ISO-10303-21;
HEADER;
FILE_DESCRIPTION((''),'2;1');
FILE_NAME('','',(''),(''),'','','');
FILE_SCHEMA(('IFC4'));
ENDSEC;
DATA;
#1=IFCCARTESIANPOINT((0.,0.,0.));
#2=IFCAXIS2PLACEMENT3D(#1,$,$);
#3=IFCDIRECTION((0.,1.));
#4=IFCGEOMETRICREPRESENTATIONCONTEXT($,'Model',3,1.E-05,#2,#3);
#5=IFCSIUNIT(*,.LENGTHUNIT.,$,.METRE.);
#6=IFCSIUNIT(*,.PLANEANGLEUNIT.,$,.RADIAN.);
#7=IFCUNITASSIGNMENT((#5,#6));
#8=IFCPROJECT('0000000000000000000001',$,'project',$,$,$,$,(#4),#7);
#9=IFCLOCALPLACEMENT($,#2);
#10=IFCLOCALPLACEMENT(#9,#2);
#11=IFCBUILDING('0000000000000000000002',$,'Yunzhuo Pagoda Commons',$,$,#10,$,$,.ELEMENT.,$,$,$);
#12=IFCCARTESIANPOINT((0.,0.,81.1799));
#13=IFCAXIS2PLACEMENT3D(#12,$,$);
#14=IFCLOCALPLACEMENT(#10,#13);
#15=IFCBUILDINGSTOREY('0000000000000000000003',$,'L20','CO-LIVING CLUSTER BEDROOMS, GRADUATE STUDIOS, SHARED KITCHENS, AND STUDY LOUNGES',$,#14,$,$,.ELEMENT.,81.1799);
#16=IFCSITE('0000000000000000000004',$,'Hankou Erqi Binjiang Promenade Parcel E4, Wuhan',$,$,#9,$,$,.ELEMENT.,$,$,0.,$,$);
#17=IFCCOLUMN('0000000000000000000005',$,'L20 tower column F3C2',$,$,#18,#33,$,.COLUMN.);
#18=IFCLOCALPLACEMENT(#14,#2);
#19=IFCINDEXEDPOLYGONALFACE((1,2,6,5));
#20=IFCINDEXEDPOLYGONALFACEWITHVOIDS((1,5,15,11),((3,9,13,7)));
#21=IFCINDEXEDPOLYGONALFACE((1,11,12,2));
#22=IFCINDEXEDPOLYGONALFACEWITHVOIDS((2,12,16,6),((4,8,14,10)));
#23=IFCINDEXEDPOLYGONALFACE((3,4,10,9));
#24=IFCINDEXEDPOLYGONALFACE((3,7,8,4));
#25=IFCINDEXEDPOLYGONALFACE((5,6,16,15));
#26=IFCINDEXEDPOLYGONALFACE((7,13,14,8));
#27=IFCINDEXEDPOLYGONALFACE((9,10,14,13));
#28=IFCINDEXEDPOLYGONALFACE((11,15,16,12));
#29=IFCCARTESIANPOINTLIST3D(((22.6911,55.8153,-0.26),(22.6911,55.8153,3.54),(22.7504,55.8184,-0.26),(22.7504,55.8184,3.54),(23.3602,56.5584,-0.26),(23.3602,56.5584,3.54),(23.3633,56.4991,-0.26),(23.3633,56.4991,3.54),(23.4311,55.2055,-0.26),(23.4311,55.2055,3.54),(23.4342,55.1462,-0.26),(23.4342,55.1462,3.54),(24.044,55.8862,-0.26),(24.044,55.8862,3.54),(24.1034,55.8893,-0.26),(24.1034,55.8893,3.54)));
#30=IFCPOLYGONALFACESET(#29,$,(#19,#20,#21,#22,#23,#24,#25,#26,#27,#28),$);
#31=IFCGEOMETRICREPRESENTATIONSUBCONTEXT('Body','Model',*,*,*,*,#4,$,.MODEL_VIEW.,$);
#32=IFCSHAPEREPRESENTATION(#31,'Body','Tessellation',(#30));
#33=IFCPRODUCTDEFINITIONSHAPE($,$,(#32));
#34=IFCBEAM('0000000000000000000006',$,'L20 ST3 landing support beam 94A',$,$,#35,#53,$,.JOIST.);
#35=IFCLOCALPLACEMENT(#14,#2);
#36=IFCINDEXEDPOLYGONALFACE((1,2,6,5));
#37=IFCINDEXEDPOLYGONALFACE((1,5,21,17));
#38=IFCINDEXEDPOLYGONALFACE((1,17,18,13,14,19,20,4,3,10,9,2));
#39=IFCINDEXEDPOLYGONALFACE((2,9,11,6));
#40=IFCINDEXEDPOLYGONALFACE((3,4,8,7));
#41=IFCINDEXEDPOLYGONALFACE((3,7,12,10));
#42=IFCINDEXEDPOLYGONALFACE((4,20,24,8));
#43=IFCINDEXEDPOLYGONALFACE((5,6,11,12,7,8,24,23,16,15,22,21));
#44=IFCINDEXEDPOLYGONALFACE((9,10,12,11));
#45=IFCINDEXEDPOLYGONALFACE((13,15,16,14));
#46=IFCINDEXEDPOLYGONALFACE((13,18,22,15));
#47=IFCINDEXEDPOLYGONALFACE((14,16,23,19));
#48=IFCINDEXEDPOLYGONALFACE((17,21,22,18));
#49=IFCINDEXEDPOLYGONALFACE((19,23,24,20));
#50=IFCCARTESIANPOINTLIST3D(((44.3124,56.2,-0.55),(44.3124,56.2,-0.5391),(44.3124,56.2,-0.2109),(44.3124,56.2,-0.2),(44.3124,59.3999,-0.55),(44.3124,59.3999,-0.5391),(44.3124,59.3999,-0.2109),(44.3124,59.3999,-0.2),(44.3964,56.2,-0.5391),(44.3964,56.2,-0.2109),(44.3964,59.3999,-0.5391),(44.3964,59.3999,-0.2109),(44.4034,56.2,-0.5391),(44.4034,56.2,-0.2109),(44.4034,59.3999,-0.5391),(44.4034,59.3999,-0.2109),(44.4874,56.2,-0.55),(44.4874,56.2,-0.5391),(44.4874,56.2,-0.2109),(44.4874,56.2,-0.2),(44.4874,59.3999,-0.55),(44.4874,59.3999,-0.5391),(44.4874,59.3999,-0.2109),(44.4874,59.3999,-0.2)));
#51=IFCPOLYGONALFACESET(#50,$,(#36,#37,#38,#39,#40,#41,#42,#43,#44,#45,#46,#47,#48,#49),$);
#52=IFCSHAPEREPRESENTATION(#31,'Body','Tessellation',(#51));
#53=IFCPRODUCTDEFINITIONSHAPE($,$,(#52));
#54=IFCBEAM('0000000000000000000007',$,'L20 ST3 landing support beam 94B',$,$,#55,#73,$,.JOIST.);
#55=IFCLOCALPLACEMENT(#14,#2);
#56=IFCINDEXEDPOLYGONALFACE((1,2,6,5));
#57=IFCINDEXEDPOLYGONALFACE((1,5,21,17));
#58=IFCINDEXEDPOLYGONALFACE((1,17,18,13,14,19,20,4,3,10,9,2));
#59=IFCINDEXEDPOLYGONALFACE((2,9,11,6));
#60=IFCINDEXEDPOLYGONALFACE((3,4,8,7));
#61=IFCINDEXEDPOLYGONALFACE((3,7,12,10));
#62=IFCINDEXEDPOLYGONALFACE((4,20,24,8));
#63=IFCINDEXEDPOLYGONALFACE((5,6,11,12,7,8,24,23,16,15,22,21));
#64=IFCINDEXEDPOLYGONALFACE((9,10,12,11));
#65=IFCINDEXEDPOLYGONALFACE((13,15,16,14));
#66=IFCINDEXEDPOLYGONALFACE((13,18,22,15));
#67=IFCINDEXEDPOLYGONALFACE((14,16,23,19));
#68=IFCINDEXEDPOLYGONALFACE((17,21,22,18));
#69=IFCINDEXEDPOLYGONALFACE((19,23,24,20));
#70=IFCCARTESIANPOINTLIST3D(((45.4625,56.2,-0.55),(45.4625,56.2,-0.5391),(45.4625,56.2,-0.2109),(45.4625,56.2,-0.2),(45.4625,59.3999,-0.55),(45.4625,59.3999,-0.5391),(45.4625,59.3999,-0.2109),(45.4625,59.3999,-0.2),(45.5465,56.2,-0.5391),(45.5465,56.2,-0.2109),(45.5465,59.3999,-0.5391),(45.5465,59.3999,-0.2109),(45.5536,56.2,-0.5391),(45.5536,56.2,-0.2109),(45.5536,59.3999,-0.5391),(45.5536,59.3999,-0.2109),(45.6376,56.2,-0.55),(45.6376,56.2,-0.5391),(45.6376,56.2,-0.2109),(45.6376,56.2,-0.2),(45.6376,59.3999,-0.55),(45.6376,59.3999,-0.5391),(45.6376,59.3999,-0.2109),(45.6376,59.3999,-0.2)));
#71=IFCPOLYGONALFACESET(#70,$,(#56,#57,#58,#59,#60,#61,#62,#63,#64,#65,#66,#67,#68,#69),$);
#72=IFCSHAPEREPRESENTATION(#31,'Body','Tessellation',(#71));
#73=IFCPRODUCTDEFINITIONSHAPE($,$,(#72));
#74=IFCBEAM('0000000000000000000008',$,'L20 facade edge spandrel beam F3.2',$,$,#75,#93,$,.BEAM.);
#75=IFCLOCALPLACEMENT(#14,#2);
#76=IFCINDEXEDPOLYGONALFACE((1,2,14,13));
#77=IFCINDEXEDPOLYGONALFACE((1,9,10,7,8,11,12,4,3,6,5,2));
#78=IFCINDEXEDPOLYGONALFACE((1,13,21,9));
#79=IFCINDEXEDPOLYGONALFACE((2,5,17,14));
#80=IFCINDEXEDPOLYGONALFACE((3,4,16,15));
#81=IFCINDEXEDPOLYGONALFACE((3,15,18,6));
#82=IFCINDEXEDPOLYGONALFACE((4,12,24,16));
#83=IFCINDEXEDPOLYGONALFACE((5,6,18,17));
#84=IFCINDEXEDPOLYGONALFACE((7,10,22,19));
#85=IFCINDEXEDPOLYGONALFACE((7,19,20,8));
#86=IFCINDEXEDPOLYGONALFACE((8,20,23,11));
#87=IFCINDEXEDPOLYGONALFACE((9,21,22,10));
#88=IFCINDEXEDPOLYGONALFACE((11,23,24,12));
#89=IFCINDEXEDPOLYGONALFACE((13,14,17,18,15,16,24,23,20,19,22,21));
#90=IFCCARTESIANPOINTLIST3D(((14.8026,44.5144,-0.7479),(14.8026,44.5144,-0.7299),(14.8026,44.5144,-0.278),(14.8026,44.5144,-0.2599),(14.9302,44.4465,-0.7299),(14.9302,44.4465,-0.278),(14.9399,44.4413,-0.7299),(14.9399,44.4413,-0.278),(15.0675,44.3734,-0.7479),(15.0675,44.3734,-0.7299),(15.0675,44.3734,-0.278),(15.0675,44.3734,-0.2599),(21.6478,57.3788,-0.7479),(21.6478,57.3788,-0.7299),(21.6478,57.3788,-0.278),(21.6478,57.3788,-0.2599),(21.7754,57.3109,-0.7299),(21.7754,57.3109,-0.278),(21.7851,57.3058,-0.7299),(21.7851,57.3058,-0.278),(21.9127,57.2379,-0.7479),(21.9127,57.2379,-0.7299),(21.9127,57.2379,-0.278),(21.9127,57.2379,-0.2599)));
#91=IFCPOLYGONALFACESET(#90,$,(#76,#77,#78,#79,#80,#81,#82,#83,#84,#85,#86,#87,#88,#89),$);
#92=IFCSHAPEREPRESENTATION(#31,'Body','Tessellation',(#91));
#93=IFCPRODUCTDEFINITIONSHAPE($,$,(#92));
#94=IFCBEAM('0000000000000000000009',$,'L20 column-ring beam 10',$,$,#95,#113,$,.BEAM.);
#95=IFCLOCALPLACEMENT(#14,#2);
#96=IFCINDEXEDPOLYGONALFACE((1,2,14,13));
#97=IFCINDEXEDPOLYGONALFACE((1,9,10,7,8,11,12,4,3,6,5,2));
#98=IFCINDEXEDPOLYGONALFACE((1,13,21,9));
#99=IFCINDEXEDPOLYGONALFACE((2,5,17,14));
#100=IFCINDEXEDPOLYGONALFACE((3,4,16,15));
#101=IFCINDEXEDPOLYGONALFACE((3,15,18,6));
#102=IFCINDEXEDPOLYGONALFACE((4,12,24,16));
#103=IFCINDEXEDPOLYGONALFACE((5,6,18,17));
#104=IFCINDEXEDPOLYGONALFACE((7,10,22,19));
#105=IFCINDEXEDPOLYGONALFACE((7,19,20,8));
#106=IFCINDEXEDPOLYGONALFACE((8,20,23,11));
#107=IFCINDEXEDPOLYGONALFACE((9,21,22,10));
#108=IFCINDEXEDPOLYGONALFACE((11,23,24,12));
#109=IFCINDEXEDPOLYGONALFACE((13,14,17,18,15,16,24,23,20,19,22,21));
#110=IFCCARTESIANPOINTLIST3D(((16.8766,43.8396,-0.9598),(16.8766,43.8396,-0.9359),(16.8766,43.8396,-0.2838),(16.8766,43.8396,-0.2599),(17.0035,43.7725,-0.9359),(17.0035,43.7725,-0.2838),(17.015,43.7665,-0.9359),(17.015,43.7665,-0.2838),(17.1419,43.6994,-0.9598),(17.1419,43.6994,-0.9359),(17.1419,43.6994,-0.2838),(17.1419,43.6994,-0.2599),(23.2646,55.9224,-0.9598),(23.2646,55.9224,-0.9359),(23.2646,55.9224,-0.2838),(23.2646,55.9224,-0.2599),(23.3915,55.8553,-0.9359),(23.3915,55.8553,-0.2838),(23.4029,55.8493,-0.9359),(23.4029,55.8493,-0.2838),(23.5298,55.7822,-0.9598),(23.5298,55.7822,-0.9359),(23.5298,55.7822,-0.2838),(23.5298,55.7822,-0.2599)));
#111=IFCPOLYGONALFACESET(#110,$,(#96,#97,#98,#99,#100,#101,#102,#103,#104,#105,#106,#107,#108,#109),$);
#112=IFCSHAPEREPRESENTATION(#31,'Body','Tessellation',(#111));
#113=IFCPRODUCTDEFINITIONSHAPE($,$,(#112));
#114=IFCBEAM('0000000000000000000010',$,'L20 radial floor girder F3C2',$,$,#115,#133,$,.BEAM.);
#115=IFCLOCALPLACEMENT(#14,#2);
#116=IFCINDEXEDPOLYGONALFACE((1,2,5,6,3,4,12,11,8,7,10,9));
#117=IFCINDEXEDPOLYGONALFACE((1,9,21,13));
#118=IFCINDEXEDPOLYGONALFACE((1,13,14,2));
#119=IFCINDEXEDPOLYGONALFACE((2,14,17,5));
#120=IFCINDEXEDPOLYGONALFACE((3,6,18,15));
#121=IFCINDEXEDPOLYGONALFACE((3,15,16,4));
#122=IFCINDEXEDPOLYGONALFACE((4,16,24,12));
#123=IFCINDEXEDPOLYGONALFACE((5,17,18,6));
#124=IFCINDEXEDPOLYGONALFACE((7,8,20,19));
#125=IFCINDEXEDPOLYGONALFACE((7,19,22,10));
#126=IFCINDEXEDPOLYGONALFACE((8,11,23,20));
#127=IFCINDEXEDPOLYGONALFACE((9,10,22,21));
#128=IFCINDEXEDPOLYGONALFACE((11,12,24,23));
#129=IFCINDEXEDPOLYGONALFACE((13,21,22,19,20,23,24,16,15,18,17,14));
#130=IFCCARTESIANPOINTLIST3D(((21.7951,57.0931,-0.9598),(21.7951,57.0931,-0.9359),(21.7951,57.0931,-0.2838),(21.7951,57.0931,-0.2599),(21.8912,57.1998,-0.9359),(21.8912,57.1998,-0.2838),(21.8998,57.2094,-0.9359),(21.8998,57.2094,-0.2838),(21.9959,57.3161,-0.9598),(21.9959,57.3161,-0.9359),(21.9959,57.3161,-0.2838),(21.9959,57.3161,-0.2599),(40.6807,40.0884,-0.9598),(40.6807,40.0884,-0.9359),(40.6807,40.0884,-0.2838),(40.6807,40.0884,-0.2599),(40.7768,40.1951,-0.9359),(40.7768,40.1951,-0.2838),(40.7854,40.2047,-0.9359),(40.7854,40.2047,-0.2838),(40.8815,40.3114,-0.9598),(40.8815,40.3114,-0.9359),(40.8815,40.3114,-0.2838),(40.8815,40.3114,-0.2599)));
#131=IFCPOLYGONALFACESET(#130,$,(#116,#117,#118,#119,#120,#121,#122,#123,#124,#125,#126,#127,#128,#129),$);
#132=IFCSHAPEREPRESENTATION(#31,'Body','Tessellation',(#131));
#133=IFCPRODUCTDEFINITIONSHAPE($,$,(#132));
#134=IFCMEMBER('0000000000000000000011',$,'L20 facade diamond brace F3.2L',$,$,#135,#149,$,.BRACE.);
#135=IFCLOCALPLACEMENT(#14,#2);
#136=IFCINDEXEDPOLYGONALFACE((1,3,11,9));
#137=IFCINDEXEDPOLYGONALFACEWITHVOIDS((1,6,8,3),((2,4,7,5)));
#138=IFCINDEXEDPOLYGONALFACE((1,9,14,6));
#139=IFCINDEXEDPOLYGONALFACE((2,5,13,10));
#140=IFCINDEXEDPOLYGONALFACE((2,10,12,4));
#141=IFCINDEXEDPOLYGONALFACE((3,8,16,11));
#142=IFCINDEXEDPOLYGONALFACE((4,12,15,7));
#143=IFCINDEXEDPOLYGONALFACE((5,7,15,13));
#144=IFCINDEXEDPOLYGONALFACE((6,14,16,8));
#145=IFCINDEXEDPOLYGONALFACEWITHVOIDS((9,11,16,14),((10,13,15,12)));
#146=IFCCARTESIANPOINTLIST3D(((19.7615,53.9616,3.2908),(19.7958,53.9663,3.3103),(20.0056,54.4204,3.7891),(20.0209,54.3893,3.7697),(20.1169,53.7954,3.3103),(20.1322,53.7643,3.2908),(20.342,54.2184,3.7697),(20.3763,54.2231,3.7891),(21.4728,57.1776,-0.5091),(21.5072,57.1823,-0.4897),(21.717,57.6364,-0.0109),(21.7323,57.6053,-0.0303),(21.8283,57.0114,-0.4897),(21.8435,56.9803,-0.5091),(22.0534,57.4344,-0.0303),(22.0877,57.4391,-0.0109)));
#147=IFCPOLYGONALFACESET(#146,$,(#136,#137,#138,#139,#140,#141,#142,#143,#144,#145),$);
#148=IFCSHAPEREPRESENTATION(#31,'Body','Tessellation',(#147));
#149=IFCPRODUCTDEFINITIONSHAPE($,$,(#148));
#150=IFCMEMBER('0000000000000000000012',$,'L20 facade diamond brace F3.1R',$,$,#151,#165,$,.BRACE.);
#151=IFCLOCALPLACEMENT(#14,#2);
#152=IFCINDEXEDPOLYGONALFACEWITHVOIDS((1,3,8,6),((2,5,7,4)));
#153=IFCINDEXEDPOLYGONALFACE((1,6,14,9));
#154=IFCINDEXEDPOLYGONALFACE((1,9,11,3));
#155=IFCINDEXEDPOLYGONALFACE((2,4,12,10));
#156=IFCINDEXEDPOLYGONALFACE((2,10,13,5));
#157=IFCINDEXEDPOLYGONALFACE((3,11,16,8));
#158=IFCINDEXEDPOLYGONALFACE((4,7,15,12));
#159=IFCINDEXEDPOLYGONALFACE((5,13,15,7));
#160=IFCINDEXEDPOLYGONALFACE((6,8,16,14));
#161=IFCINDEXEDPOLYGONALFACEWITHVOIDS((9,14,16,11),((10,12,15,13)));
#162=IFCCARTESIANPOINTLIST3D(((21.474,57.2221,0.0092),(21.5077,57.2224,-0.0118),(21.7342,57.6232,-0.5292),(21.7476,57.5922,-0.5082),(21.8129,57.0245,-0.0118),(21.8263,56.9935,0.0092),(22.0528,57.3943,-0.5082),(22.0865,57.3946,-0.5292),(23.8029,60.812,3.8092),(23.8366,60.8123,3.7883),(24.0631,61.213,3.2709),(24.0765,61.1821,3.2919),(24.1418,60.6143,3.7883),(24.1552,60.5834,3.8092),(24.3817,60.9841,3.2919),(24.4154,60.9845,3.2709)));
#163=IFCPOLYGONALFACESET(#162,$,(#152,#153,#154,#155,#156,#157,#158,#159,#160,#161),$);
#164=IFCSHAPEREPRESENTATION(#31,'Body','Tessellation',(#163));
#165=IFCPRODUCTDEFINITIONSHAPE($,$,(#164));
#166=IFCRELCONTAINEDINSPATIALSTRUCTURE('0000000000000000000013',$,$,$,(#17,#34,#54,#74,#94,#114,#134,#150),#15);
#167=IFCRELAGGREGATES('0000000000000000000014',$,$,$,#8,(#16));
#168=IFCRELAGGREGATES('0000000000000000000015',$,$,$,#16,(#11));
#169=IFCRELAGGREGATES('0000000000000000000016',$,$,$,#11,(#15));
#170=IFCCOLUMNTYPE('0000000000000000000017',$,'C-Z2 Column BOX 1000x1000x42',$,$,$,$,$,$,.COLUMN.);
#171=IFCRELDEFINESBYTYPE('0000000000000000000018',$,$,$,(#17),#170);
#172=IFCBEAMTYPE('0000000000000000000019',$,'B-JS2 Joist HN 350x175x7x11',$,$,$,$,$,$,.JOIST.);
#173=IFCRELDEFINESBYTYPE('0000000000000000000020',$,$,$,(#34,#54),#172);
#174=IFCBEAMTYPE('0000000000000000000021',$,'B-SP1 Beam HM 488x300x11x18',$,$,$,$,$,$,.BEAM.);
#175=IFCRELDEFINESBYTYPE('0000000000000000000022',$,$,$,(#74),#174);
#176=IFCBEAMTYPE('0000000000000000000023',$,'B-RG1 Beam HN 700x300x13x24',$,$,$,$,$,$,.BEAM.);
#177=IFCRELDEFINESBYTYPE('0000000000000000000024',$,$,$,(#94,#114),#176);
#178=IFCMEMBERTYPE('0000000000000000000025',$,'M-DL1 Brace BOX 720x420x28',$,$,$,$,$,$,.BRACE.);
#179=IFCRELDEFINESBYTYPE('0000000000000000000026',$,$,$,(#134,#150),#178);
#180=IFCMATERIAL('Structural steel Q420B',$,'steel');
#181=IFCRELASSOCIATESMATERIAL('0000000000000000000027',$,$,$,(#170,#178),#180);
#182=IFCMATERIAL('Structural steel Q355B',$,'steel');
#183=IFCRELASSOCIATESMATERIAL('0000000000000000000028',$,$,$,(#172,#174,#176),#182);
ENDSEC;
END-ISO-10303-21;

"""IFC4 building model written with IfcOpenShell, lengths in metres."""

from ifc_helpers import new_model, si_unit, direction, frame, origin, origin_2d, place, context, subcontext, project, spatial, hollow_rectangle, i_section, extrude, source, transform, mapped, material, material_profile, profile_set, type_object, element, save


model = new_model("IFC4")

# Units and contexts
model_context = context("Model", 3, precision=1e-05, world=origin(), true_north=direction((0.0, 1.0)))
body_context = subcontext(model_context, "Body", "Model", "MODEL_VIEW")
ifc_project = project(units=[si_unit("LENGTHUNIT", "METRE"), si_unit("PLANEANGLEUNIT", "RADIAN")], contexts=[model_context])

# Site, building, storey
site_placement = place(None, origin())
site = spatial("IfcSite", under=ifc_project, at=site_placement, Name="Hankou Erqi Binjiang Promenade Parcel E4, Wuhan", CompositionType="ELEMENT", RefElevation=0.0)
building_placement = place(site_placement, origin())
building = spatial("IfcBuilding", under=site, at=building_placement, Name="Yunzhuo Pagoda Commons", CompositionType="ELEMENT")
storey_placement = place(building_placement, frame((0.0, 0.0, 81.1799)))
storey = spatial("IfcBuildingStorey", under=building, at=storey_placement, Name="L20", Description="CO-LIVING CLUSTER BEDROOMS, GRADUATE STUDIOS, SHARED KITCHENS, AND STUDY LOUNGES", CompositionType="ELEMENT", Elevation=81.1799)

# Column
ifc_material_1 = material(Name="Structural steel Q420B", Category="steel")
ifc_material_profile_1 = material_profile(ifc_material_1, hollow_rectangle(XDim=1.0, YDim=1.0, WallThickness=0.042, at=origin_2d()), Name="Structural steel Q420B")
ifc_profile_set_1 = profile_set([ifc_material_profile_1], Name="Structural steel Q420B")
column_type = type_object("IfcColumnType", Name="C-Z2 Column BOX 1000x1000x42", PredefinedType="COLUMN", material=ifc_profile_set_1)
shared_shape_1 = source(origin(), body_context, "Body", "SweptSolid", [
    extrude(hollow_rectangle(XDim=1.0, YDim=1.0, WallThickness=0.042, at=origin_2d()), origin(), (0.0, 0.0, 1.0), 3.8),
])
column_placement = place(storey_placement, frame((23.3972, 55.8523, -0.26), z_axis=(0.0, 0.0, 1.0), x_axis=(-0.669131, -0.743145, 0.0)))
element("IfcColumn", 1, at=column_placement, inside=storey, type_object=column_type, Name="L20 tower column F3C2", PredefinedType="COLUMN", context=body_context, shape_type="MappedRepresentation", body=[
    mapped(shared_shape_1, transform((0.0, 0.0, 0.0), scale=1.0)),
])

# Beams
ifc_material_2 = material(Name="Structural steel Q355B", Category="steel")
ifc_material_profile_2 = material_profile(ifc_material_2, i_section(OverallWidth=0.175, OverallDepth=0.3501, WebThickness=0.0071, FlangeThickness=0.011, at=origin_2d()), Name="Structural steel Q355B")
ifc_profile_set_2 = profile_set([ifc_material_profile_2], Name="Structural steel Q355B")
beam_type_1 = type_object("IfcBeamType", Name="B-JS2 Joist HN 350x175x7x11", PredefinedType="JOIST", material=ifc_profile_set_2)
shared_shape_2 = source(origin(), body_context, "Body", "SweptSolid", [
    extrude(i_section(OverallWidth=0.175, OverallDepth=0.3501, WebThickness=0.0071, FlangeThickness=0.011, at=origin_2d()), origin(), (0.0, 0.0, 1.0), 3.2),
])
for number, where, z_axis, x_axis, name in (
    (2, (44.3999, 56.2, -0.375), (0.0, 1.0, 0.0), (-1.0, 0.0, 0.0), "L20 ST3 landing support beam 94A"),
    (3, (45.55, 56.2, -0.375), (0.0, 1.0, 0.0), (-1.0, 0.0, 0.0), "L20 ST3 landing support beam 94B"),
):
    element("IfcBeam", number, at=place(storey_placement, frame(where, z_axis=z_axis, x_axis=x_axis)), inside=storey, type_object=beam_type_1, Name=name, PredefinedType="JOIST", context=body_context, shape_type="MappedRepresentation", body=[
        mapped(shared_shape_2, transform((0.0, 0.0, 0.0), scale=1.0)),
    ])
ifc_material_profile_3 = material_profile(ifc_material_2, i_section(OverallWidth=0.3, OverallDepth=0.488, WebThickness=0.011, FlangeThickness=0.0181, at=origin_2d()), Name="Structural steel Q355B")
ifc_profile_set_3 = profile_set([ifc_material_profile_3], Name="Structural steel Q355B")
beam_type_2 = type_object("IfcBeamType", Name="B-SP1 Beam HM 488x300x11x18", PredefinedType="BEAM", material=ifc_profile_set_3)
shared_shape_3 = source(origin(), body_context, "Body", "SweptSolid", [
    extrude(i_section(OverallWidth=0.3, OverallDepth=0.488, WebThickness=0.011, FlangeThickness=0.0181, at=origin_2d()), origin(), (0.0, 0.0, 1.0), 14.5723),
])
beam_1_placement = place(storey_placement, frame((21.7803, 57.3083, -0.5039), z_axis=(-0.469741, -0.882804, 0.0), x_axis=(0.882804, -0.469741, 0.0)))
element("IfcBeam", 4, at=beam_1_placement, inside=storey, type_object=beam_type_2, Name="L20 facade edge spandrel beam F3.2", PredefinedType="BEAM", context=body_context, shape_type="MappedRepresentation", body=[
    mapped(shared_shape_3, transform((0.0, 0.0, 0.0), scale=1.0)),
])
ifc_material_profile_4 = material_profile(ifc_material_2, i_section(OverallWidth=0.3, OverallDepth=0.7, WebThickness=0.0129, FlangeThickness=0.0239, at=origin_2d()), Name="Structural steel Q355B")
ifc_profile_set_4 = profile_set([ifc_material_profile_4], Name="Structural steel Q355B")
beam_type_3 = type_object("IfcBeamType", Name="B-RG1 Beam HN 700x300x13x24", PredefinedType="BEAM", material=ifc_profile_set_4)
shared_shape_4 = source(origin(), body_context, "Body", "SweptSolid", [
    extrude(i_section(OverallWidth=0.3, OverallDepth=0.7, WebThickness=0.0129, FlangeThickness=0.0239, at=origin_2d()), origin(), (0.0, 0.0, 1.0), 13.6675),
])
beam_2_placement = place(storey_placement, frame((23.3972, 55.8523, -0.6099), z_axis=(-0.467384, -0.884055, 0.0), x_axis=(0.884055, -0.467384, 0.0)))
element("IfcBeam", 5, at=beam_2_placement, inside=storey, type_object=beam_type_3, Name="L20 column-ring beam 10", PredefinedType="BEAM", context=body_context, shape_type="MappedRepresentation", body=[
    mapped(shared_shape_4, transform((0.0, 0.0, 0.0), scale=1.0)),
])
shared_shape_5 = source(origin(), body_context, "Body", "SweptSolid", [
    extrude(i_section(OverallWidth=0.3, OverallDepth=0.7, WebThickness=0.0129, FlangeThickness=0.0239, at=origin_2d()), origin(), (0.0, 0.0, 1.0), 25.4131),
])
beam_3_placement = place(storey_placement, frame((21.8955, 57.2046, -0.6099), z_axis=(0.743144, -0.669132, 0.0), x_axis=(0.669132, 0.743144, 0.0)))
element("IfcBeam", 6, at=beam_3_placement, inside=storey, type_object=beam_type_3, Name="L20 radial floor girder F3C2", PredefinedType="BEAM", context=body_context, shape_type="MappedRepresentation", body=[
    mapped(shared_shape_5, transform((0.0, 0.0, 0.0), scale=1.0)),
])

# Members
ifc_material_profile_5 = material_profile(ifc_material_1, hollow_rectangle(XDim=0.4199, YDim=0.72, WallThickness=0.0281, at=origin_2d()), Name="Structural steel Q420B")
ifc_profile_set_5 = profile_set([ifc_material_profile_5], Name="Structural steel Q420B")
member_type_1 = type_object("IfcMemberType", Name="M-DL1 Brace BOX 720x420x28", PredefinedType="BRACE", material=ifc_profile_set_5)
shared_shape_6 = source(origin(), body_context, "Body", "SweptSolid", [
    extrude(hollow_rectangle(XDim=0.4199, YDim=0.72, WallThickness=0.0281, at=origin_2d()), origin(), (0.0, 0.0, 1.0), 5.2642),
])
member_1_placement = place(storey_placement, frame((21.7803, 57.3083, -0.26), z_axis=(-0.325103, -0.610924, 0.721858), x_axis=(0.882787, -0.469774, 0.0)))
element("IfcMember", 7, at=member_1_placement, inside=storey, type_object=member_type_1, Name="L20 facade diamond brace F3.2L", PredefinedType="BRACE", context=body_context, shape_type="MappedRepresentation", body=[
    mapped(shared_shape_6, transform((0.0, 0.0, 0.0), scale=1.0)),
])
shared_shape_7 = source(origin(), body_context, "Body", "SweptSolid", [
    extrude(hollow_rectangle(XDim=0.4199, YDim=0.72, WallThickness=0.0281, at=origin_2d()), origin(), (0.0, 0.0, 1.0), 5.7229),
])
member_2_placement = place(storey_placement, frame((21.7803, 57.3083, -0.26), z_axis=(0.406941, 0.627283, 0.664014), x_axis=(-0.838928, 0.544242, 0.0)))
element("IfcMember", 8, at=member_2_placement, inside=storey, type_object=member_type_1, Name="L20 facade diamond brace F3.1R", PredefinedType="BRACE", context=body_context, shape_type="MappedRepresentation", body=[
    mapped(shared_shape_7, transform((0.0, 0.0, 0.0), scale=1.0)),
])

save(model, "model.ifc")
